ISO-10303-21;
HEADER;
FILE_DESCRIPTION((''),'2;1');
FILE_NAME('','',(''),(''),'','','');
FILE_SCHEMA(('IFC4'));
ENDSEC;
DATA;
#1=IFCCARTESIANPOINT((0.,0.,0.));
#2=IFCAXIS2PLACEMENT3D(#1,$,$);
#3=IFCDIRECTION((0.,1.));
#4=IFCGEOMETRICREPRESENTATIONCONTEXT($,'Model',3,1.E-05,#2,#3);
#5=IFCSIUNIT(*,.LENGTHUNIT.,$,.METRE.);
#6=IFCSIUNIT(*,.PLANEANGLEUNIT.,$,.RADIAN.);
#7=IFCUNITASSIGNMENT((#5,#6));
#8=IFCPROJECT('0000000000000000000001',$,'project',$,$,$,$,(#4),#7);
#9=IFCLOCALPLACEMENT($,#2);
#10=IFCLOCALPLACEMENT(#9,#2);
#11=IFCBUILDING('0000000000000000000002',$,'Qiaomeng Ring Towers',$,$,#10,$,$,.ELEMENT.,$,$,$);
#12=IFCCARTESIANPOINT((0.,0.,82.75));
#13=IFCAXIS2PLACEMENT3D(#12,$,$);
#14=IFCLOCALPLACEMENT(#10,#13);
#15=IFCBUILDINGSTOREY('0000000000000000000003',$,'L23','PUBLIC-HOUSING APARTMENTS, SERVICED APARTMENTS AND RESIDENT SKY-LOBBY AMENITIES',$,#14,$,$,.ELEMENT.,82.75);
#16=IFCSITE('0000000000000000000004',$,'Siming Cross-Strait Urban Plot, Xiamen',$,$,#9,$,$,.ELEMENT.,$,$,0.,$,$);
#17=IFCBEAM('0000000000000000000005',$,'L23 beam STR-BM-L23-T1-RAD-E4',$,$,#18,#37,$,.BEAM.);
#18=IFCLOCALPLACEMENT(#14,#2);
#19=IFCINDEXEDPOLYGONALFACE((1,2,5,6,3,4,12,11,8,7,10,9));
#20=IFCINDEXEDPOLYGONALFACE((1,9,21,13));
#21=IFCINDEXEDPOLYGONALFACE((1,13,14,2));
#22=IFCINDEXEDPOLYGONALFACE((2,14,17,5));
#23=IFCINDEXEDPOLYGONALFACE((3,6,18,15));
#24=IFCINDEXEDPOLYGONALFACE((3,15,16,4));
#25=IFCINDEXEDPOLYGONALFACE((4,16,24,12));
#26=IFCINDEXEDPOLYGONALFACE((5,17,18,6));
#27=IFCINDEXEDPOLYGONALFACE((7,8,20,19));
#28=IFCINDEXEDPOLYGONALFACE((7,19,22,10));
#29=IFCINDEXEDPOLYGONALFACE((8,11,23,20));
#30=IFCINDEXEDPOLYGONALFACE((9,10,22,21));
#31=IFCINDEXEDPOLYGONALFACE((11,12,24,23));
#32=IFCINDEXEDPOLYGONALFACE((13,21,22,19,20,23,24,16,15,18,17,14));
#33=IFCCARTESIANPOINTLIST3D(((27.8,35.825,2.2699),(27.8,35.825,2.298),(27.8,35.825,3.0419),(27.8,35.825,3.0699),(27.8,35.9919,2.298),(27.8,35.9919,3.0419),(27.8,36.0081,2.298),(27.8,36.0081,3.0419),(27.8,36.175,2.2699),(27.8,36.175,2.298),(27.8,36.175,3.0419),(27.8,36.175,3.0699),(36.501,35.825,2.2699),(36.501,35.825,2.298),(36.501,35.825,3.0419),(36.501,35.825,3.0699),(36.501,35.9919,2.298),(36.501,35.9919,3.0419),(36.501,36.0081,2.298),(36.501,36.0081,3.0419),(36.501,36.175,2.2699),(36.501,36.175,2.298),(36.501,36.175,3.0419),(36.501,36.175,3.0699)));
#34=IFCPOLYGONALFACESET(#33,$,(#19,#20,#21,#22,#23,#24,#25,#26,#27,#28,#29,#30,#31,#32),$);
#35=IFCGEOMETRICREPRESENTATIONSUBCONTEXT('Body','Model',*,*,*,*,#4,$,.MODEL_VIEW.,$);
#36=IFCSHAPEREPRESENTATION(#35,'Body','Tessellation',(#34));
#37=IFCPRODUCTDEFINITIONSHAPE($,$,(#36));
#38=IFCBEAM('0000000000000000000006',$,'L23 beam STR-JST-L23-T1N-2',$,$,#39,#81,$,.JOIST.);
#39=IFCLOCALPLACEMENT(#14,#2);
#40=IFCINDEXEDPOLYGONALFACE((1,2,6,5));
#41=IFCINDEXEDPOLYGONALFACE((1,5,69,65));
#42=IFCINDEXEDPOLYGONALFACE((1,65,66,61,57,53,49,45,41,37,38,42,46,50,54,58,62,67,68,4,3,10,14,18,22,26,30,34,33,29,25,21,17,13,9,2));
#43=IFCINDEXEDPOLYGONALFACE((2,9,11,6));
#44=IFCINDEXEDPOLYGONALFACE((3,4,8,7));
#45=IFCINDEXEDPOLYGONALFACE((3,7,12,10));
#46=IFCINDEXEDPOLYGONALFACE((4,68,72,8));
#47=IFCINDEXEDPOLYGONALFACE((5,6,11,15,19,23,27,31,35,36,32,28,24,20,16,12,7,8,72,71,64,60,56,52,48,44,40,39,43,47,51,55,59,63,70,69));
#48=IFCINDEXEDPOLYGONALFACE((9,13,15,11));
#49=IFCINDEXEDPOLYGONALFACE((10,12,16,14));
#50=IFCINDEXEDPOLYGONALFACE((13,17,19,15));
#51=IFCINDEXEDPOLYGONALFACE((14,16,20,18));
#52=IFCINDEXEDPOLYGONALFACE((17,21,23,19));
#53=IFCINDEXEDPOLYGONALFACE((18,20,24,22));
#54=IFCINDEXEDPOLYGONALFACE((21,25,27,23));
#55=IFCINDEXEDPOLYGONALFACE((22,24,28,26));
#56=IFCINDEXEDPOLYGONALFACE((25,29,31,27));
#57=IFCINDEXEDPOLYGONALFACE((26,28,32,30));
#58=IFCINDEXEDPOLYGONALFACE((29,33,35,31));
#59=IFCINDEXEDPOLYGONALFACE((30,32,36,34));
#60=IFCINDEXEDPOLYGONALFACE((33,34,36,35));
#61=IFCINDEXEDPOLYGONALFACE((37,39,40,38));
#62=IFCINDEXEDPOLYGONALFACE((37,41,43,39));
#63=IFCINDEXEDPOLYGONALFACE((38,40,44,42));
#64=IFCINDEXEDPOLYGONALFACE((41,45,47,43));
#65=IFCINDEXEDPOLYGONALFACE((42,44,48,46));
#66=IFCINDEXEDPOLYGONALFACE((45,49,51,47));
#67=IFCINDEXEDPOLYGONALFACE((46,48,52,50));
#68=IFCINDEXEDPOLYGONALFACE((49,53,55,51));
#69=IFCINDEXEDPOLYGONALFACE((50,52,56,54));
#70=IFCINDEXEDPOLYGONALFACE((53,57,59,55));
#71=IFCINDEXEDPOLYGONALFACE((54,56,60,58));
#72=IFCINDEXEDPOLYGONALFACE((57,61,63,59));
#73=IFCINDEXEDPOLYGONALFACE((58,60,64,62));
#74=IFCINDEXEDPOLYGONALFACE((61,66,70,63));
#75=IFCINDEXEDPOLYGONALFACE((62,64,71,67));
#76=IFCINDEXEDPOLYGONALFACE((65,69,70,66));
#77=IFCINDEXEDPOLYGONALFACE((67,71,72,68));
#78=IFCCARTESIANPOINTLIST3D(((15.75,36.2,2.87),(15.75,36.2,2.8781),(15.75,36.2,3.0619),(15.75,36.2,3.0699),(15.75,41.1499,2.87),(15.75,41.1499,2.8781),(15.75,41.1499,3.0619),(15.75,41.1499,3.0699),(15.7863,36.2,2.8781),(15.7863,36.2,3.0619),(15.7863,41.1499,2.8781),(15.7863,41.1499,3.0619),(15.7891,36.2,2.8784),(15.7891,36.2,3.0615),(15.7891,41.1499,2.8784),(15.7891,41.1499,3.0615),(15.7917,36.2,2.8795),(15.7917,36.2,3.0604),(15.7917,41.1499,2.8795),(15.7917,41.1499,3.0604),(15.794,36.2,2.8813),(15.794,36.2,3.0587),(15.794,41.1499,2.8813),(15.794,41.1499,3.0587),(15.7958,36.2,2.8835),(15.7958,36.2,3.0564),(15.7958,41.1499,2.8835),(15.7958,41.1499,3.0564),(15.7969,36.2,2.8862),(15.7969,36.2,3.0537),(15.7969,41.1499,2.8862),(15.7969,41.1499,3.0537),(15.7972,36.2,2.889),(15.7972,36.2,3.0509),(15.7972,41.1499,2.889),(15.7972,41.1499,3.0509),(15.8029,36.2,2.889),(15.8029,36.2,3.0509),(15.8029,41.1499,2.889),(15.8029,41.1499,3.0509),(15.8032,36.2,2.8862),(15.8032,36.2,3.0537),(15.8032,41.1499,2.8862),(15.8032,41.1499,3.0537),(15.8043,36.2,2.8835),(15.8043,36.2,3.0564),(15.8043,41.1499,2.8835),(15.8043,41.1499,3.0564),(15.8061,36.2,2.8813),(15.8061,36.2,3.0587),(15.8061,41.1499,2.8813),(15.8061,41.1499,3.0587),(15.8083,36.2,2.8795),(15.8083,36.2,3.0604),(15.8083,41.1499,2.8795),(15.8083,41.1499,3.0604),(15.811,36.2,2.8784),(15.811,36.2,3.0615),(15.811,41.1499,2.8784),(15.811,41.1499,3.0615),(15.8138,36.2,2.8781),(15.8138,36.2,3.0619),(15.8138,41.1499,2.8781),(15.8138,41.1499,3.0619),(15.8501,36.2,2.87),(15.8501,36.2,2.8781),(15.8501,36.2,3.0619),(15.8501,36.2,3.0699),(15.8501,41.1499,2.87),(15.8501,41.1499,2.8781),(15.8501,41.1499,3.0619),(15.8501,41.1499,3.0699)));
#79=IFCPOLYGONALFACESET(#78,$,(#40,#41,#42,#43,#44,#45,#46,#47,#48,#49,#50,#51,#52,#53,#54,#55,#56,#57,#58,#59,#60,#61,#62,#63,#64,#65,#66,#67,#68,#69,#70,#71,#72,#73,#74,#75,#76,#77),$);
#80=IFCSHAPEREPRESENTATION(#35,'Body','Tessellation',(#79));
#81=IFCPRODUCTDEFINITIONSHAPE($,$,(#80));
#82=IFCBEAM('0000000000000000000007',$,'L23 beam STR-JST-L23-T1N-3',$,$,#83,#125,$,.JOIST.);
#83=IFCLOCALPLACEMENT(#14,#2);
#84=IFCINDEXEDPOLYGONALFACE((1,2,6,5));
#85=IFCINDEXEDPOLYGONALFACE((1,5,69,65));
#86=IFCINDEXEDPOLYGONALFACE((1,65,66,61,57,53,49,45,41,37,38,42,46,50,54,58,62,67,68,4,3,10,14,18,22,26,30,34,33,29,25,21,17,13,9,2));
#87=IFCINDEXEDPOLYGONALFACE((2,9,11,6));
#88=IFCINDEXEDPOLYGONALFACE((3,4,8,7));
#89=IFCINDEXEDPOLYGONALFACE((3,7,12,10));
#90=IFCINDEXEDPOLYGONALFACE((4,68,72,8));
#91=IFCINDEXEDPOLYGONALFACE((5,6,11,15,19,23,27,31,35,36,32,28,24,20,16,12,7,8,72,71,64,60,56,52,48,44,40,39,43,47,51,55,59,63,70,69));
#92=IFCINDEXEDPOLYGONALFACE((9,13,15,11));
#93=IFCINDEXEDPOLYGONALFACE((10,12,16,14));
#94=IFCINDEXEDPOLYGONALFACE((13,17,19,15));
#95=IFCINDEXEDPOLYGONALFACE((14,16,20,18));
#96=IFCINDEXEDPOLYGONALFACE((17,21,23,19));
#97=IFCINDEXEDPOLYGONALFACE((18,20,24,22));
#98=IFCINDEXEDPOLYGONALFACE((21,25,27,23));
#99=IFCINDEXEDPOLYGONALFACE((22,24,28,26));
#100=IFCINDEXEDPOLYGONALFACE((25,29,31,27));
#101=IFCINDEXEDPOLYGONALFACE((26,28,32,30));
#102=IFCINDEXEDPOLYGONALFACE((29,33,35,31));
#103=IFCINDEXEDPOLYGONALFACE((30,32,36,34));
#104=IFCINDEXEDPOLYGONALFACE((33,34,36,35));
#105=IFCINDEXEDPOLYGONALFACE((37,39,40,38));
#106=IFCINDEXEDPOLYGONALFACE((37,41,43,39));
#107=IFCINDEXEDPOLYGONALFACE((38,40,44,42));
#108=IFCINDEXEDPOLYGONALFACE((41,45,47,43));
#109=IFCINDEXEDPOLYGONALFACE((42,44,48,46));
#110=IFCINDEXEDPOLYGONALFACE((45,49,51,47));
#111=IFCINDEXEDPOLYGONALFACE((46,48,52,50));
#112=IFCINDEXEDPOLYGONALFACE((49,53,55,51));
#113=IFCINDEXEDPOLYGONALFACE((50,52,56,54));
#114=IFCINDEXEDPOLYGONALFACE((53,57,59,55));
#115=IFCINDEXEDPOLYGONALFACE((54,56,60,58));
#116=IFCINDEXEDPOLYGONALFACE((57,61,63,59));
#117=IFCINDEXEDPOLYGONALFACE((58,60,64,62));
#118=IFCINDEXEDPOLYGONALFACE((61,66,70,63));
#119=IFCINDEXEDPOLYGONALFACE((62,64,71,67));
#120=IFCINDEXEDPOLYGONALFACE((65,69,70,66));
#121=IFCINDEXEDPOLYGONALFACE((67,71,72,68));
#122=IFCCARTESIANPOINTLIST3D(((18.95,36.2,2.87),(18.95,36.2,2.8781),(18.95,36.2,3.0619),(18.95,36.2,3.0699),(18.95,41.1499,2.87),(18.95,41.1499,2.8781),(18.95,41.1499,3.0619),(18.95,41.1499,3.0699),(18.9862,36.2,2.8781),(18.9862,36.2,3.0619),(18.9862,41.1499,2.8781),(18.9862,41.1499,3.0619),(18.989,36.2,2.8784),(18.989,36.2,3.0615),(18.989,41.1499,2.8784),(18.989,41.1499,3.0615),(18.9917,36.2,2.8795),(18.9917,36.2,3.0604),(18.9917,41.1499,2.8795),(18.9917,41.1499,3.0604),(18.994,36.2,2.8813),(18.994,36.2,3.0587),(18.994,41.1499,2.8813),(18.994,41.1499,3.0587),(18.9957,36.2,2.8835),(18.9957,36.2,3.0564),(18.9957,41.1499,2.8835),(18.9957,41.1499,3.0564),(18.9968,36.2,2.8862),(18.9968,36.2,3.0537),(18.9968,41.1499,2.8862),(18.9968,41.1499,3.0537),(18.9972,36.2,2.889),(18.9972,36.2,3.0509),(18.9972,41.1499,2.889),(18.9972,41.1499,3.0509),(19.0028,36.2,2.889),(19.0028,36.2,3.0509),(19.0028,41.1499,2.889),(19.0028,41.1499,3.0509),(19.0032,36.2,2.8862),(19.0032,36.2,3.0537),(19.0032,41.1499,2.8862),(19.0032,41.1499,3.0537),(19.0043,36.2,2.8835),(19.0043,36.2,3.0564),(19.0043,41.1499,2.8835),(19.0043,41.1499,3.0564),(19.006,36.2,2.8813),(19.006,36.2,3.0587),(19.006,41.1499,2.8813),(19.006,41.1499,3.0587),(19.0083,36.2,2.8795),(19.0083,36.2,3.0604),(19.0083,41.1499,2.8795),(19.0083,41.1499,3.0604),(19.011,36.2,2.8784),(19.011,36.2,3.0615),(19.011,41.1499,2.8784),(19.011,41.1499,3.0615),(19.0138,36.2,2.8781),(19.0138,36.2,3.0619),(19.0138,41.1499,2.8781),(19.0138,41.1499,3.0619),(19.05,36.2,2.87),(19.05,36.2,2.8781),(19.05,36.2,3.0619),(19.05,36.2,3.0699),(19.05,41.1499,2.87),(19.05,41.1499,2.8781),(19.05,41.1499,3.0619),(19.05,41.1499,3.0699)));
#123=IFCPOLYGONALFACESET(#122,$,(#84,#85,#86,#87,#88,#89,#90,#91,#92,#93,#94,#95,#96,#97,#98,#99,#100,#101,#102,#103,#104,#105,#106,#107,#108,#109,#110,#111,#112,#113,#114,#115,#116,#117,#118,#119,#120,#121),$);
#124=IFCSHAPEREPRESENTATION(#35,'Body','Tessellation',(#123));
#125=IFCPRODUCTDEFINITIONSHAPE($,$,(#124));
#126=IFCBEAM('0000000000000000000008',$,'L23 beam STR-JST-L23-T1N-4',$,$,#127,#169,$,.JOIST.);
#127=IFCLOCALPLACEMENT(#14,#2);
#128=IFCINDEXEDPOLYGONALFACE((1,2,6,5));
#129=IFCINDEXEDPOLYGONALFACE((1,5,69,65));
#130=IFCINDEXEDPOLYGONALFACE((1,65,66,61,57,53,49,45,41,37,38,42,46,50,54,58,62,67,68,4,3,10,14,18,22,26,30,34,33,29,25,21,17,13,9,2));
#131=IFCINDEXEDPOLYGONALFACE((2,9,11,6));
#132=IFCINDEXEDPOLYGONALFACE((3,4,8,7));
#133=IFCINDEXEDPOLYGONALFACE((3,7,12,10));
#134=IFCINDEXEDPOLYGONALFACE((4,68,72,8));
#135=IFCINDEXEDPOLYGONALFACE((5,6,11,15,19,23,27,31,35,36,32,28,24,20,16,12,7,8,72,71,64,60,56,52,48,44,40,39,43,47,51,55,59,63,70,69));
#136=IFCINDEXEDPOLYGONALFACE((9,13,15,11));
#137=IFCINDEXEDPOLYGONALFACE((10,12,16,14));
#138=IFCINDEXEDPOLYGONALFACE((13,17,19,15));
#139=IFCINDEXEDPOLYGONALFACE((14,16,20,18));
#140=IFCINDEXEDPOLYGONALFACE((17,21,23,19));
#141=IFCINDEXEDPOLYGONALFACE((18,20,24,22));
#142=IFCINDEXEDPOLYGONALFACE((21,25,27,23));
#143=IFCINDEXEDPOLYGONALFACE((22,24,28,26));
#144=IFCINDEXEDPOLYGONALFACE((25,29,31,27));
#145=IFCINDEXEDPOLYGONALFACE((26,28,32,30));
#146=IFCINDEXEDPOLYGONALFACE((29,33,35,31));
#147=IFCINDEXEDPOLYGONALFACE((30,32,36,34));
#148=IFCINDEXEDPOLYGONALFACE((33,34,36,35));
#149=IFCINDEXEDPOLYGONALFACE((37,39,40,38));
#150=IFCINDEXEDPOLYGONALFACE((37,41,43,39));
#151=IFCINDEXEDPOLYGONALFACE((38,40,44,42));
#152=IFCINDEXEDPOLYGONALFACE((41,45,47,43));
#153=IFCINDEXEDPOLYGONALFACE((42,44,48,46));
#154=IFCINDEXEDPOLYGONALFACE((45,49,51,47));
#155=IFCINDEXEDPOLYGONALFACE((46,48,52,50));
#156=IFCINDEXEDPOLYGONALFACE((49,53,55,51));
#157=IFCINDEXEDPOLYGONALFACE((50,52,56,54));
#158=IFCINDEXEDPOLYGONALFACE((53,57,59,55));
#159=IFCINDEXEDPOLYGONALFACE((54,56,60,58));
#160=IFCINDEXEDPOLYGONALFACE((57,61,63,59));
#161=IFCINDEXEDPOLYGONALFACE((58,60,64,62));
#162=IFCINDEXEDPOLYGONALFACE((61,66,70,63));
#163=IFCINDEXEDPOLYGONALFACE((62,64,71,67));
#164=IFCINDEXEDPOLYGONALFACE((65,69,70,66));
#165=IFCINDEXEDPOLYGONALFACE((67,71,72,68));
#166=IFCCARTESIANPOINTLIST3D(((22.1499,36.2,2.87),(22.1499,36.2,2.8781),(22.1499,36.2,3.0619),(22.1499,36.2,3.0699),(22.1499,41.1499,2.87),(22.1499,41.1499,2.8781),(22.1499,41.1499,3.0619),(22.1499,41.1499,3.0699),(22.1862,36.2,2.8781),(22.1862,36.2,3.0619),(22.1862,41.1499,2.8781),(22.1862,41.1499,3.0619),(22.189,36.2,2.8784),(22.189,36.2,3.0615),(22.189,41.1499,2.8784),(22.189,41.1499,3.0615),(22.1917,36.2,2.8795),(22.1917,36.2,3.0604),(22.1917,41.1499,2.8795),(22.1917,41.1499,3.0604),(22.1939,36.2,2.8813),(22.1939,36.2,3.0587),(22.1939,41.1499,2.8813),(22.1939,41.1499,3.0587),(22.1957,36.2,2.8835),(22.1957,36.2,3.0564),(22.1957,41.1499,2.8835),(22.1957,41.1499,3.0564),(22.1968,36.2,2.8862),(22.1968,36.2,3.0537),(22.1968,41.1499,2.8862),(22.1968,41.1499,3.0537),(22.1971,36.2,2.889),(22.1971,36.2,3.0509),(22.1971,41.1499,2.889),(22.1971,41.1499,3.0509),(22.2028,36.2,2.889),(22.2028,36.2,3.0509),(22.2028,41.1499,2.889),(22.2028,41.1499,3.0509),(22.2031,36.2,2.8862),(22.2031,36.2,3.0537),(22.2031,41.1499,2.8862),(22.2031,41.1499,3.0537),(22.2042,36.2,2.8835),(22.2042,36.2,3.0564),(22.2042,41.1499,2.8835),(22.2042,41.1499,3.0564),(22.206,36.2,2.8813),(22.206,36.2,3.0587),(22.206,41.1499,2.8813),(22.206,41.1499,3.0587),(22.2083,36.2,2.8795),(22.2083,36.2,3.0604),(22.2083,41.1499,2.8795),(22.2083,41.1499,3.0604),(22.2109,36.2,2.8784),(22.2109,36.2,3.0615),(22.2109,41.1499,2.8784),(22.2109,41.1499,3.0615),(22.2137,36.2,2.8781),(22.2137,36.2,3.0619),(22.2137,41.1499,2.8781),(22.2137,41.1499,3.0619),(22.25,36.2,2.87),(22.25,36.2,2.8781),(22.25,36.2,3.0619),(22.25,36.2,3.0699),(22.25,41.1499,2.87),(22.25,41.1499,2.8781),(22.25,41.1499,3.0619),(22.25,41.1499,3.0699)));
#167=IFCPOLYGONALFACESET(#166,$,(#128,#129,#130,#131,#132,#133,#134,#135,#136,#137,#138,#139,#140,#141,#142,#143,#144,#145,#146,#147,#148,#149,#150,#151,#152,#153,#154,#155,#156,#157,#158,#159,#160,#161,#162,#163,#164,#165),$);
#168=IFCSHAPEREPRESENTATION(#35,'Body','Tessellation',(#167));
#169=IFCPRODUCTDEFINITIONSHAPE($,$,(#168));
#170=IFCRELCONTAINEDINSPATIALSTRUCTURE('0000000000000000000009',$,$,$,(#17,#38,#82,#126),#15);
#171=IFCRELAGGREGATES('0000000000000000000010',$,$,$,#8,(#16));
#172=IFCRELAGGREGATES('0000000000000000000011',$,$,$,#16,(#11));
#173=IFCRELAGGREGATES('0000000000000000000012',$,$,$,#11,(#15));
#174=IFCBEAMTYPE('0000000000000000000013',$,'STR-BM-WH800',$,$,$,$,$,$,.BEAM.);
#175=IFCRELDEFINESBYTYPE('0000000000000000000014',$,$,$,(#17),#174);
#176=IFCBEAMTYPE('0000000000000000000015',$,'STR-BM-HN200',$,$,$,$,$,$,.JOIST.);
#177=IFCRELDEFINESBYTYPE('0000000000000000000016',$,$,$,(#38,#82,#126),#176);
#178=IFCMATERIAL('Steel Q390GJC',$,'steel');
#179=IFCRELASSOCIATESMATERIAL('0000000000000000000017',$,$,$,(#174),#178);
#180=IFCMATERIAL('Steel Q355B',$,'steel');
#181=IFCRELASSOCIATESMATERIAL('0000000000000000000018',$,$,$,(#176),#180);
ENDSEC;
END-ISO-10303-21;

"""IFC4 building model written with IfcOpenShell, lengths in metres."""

from ifc_helpers import new_model, si_unit, direction, frame, origin, origin_2d, place, context, subcontext, project, spatial, i_section, extrude, source, transform, mapped, material, material_profile, profile_set, type_object, element, save


model = new_model("IFC4")

# Units and contexts
model_context = context("Model", 3, precision=1e-05, world=origin(), true_north=direction((0.0, 1.0)))
body_context = subcontext(model_context, "Body", "Model", "MODEL_VIEW")
ifc_project = project(units=[si_unit("LENGTHUNIT", "METRE"), si_unit("PLANEANGLEUNIT", "RADIAN")], contexts=[model_context])

# Site, building, storey
site_placement = place(None, origin())
site = spatial("IfcSite", under=ifc_project, at=site_placement, Name="Siming Cross-Strait Urban Plot, Xiamen", CompositionType="ELEMENT", RefElevation=0.0)
building_placement = place(site_placement, origin())
building = spatial("IfcBuilding", under=site, at=building_placement, Name="Qiaomeng Ring Towers", CompositionType="ELEMENT")
storey_placement = place(building_placement, frame((0.0, 0.0, 82.75)))
storey = spatial("IfcBuildingStorey", under=building, at=storey_placement, Name="L23", Description="PUBLIC-HOUSING APARTMENTS, SERVICED APARTMENTS AND RESIDENT SKY-LOBBY AMENITIES", CompositionType="ELEMENT", Elevation=82.75)

# Beams
ifc_material_1 = material(Name="Steel Q390GJC", Category="steel")
ifc_material_profile_1 = material_profile(ifc_material_1, i_section(OverallWidth=0.3501, OverallDepth=0.8, WebThickness=0.0161, FlangeThickness=0.0281, at=origin_2d()), Name="WH 800x350x16x28")
ifc_profile_set_1 = profile_set([ifc_material_profile_1], Name="Steel Q390GJC")
beam_type_1 = type_object("IfcBeamType", Name="STR-BM-WH800", PredefinedType="BEAM", material=ifc_profile_set_1)
shared_shape_1 = source(origin(), body_context, "Body", "SweptSolid", [
    extrude(i_section(OverallWidth=0.3501, OverallDepth=0.8, WebThickness=0.0161, FlangeThickness=0.0281, at=origin_2d()), origin(), (0.0, 0.0, 1.0), 8.7009),
])
beam_placement = place(storey_placement, frame((27.8, 36.0, 2.6699), z_axis=(1.0, 0.0, 0.0), x_axis=(0.0, 1.0, 0.0)))
element("IfcBeam", 1, at=beam_placement, inside=storey, type_object=beam_type_1, Name="L23 beam STR-BM-L23-T1-RAD-E4", PredefinedType="BEAM", context=body_context, shape_type="MappedRepresentation", body=[
    mapped(shared_shape_1, transform((0.0, 0.0, 0.0), x_axis=(1.0, 0.0, 0.0), y_axis=(0.0, 1.0, 0.0), z_axis=(0.0, 0.0, 1.0), scale=1.0)),
])
ifc_material_2 = material(Name="Steel Q355B", Category="steel")
ifc_material_profile_2 = material_profile(ifc_material_2, i_section(OverallWidth=0.1001, OverallDepth=0.2, WebThickness=0.0056, FlangeThickness=0.0081, FilletRadius=0.011, at=origin_2d()), Name="HN 200x100x5.5x8")
ifc_profile_set_2 = profile_set([ifc_material_profile_2], Name="Steel Q355B")
beam_type_2 = type_object("IfcBeamType", Name="STR-BM-HN200", PredefinedType="JOIST", material=ifc_profile_set_2)
shared_shape_2 = source(origin(), body_context, "Body", "SweptSolid", [
    extrude(i_section(OverallWidth=0.1001, OverallDepth=0.2, WebThickness=0.0056, FlangeThickness=0.0081, FilletRadius=0.011, at=origin_2d()), origin(), (0.0, 0.0, 1.0), 4.95),
])
for number, where, z_axis, x_axis, name in (
    (2, (15.8, 36.2, 2.97), (0.0, 1.0, 0.0), (-1.0, 0.0, 0.0), "L23 beam STR-JST-L23-T1N-2"),
    (3, (19.0, 36.2, 2.97), (0.0, 1.0, 0.0), (-1.0, 0.0, 0.0), "L23 beam STR-JST-L23-T1N-3"),
    (4, (22.2, 36.2, 2.97), (0.0, 1.0, 0.0), (-1.0, 0.0, 0.0), "L23 beam STR-JST-L23-T1N-4"),
):
    element("IfcBeam", number, at=place(storey_placement, frame(where, z_axis=z_axis, x_axis=x_axis)), inside=storey, type_object=beam_type_2, Name=name, PredefinedType="JOIST", context=body_context, shape_type="MappedRepresentation", body=[
        mapped(shared_shape_2, transform((0.0, 0.0, 0.0), x_axis=(1.0, 0.0, 0.0), y_axis=(0.0, 1.0, 0.0), z_axis=(0.0, 0.0, 1.0), scale=1.0)),
    ])

save(model, "model.ifc")
